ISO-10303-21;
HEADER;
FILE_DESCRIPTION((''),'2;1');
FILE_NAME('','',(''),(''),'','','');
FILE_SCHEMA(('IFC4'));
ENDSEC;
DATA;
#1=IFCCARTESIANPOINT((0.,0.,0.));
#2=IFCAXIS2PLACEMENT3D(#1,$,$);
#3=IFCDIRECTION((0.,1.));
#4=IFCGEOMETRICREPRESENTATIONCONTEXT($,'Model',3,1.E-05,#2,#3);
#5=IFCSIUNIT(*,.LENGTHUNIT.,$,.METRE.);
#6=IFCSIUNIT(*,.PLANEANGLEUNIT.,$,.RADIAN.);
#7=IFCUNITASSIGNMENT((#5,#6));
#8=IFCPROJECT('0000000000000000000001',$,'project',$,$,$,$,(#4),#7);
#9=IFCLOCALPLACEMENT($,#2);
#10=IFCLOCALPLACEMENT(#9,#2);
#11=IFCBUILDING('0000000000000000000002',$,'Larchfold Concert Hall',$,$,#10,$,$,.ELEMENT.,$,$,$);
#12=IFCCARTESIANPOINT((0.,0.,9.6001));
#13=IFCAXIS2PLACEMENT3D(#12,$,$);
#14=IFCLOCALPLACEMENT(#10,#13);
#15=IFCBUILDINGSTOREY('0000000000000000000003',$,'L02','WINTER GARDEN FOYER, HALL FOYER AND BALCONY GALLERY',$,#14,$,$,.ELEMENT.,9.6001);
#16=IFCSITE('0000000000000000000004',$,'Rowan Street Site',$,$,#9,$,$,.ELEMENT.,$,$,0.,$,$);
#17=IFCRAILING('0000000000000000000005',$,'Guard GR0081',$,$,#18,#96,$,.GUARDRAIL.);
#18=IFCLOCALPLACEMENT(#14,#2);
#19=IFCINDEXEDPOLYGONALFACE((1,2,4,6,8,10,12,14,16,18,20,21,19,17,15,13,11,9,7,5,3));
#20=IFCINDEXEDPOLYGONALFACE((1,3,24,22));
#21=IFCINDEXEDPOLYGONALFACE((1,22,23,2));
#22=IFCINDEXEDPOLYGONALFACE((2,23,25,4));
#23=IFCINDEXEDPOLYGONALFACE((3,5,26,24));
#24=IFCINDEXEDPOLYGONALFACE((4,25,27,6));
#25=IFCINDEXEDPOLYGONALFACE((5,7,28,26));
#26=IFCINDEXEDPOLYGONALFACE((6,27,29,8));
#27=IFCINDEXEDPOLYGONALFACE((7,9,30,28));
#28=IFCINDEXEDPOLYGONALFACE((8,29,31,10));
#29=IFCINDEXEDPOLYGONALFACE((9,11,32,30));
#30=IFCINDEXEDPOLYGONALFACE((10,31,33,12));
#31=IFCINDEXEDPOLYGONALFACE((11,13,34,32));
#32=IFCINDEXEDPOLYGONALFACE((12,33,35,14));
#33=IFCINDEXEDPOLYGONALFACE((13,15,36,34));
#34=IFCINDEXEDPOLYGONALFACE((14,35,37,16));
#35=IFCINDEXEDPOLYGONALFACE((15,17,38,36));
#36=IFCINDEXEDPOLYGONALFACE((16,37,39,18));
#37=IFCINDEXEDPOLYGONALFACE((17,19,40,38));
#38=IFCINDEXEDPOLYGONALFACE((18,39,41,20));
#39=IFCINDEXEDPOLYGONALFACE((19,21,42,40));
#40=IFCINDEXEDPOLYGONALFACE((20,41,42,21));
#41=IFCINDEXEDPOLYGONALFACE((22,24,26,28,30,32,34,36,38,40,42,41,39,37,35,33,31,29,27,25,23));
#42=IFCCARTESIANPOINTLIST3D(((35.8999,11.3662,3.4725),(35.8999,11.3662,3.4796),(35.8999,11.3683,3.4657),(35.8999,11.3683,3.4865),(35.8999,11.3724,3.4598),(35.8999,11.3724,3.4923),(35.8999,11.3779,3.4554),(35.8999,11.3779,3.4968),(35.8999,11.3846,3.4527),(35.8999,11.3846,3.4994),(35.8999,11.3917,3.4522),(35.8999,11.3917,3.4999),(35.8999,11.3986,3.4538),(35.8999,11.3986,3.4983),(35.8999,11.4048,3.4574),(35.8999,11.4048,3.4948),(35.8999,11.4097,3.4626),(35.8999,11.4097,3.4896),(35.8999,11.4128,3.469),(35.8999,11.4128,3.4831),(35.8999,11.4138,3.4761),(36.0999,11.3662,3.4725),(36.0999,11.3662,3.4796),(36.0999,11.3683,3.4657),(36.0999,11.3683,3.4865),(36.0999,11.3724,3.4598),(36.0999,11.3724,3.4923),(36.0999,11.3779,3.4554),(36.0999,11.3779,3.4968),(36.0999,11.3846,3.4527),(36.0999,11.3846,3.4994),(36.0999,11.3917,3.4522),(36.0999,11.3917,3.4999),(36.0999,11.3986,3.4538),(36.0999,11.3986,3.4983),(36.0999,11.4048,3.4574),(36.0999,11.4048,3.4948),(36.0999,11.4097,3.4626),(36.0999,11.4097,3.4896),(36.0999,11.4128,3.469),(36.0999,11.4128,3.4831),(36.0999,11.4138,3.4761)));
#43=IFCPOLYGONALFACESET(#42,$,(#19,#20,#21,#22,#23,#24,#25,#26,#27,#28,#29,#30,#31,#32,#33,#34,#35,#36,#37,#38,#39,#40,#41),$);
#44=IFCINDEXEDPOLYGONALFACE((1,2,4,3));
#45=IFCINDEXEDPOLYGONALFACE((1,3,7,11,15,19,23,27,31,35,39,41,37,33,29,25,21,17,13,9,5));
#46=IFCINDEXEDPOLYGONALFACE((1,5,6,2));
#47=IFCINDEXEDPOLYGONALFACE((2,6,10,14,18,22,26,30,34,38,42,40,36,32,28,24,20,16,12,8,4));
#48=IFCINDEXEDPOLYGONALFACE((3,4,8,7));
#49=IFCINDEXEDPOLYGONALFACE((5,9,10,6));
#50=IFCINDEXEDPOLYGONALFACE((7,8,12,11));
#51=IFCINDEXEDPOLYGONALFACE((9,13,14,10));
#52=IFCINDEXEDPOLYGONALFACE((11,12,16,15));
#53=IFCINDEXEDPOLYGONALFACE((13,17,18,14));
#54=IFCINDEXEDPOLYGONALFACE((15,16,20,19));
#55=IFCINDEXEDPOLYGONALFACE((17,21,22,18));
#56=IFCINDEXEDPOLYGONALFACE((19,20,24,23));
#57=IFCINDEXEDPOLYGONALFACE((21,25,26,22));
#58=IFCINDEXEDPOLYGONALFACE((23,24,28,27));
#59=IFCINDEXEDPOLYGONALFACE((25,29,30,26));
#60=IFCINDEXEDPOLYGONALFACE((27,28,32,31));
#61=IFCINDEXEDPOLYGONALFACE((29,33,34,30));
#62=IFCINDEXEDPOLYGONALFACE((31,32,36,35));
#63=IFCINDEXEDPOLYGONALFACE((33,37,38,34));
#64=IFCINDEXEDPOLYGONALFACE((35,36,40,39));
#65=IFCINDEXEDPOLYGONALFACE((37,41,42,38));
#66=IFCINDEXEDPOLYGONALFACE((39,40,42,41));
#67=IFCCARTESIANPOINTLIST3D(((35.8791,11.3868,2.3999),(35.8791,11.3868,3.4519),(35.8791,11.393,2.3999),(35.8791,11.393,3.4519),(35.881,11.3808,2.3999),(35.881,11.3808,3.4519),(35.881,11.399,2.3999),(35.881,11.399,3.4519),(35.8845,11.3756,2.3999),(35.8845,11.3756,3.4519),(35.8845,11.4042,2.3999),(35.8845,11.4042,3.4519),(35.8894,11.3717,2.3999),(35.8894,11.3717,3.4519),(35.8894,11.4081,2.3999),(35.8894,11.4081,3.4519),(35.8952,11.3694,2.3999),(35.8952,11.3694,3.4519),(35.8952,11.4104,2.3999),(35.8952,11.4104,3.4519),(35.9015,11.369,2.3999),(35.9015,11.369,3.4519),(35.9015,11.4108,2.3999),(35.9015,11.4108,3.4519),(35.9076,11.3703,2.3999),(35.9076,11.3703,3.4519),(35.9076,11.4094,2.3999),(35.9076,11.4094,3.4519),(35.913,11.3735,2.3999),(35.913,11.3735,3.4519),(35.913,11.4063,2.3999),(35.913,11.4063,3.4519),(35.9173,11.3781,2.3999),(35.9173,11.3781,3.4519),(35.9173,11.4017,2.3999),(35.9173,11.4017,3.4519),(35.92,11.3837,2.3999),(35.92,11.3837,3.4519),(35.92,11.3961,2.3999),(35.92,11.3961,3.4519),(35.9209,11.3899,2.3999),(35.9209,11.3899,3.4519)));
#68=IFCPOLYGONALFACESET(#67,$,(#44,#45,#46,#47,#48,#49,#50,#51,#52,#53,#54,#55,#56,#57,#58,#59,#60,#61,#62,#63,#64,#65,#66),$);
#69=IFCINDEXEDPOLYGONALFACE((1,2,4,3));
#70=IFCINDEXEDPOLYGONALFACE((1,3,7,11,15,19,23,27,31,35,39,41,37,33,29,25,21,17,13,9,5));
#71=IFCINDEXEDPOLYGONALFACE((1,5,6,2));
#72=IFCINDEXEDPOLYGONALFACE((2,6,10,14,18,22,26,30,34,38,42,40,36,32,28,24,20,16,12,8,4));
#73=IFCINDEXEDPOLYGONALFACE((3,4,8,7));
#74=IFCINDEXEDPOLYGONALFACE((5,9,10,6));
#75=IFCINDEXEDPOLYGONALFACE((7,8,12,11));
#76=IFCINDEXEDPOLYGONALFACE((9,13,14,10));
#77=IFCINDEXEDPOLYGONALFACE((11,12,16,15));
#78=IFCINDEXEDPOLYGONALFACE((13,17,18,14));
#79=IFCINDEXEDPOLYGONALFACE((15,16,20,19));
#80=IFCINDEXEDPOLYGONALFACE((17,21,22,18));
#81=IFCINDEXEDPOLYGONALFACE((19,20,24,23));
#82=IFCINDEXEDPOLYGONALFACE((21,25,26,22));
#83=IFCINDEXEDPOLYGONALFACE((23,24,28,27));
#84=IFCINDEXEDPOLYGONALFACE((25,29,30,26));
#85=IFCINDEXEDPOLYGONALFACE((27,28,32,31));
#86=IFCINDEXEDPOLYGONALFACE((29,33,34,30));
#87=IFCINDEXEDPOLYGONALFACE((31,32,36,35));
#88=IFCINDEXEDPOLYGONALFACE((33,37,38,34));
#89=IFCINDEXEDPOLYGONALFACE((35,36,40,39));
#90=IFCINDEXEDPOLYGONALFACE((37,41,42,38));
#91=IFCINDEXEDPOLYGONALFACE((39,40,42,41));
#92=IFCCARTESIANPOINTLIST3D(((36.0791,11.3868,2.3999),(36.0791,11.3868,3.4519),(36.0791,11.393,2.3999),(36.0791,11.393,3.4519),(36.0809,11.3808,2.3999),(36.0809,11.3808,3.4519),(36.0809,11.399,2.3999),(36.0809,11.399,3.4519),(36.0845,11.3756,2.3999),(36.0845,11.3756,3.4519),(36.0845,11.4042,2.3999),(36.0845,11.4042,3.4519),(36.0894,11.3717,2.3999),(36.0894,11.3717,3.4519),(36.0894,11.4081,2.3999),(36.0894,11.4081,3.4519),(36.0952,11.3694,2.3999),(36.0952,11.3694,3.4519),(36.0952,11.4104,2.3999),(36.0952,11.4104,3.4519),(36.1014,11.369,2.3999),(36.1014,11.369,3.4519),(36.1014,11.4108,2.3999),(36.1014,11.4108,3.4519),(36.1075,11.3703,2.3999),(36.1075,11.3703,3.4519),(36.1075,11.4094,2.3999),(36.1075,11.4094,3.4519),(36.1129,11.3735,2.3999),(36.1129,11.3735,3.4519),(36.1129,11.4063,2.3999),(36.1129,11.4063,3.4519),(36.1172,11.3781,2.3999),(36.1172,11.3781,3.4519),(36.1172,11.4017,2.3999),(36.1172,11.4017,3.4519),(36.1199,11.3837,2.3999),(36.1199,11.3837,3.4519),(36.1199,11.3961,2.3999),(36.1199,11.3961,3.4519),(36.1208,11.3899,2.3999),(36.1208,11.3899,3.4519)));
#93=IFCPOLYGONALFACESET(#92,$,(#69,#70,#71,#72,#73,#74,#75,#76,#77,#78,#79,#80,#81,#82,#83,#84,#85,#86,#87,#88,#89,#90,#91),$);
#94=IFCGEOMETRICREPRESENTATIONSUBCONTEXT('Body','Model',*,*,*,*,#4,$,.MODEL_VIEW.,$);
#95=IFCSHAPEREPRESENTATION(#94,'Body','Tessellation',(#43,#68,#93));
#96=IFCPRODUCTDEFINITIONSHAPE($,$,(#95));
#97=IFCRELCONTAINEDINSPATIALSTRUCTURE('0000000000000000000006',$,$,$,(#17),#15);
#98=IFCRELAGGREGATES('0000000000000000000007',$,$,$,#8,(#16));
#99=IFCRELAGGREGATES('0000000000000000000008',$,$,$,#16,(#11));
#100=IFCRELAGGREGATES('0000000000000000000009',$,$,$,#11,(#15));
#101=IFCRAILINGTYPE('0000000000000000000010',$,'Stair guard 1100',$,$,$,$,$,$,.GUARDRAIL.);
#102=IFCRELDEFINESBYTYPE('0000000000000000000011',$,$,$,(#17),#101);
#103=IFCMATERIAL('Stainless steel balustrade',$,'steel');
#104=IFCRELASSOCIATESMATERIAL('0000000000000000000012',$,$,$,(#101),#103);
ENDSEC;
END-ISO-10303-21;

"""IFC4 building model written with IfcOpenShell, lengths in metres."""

from ifc_helpers import new_model, si_unit, direction, frame, origin, origin_2d, place, context, subcontext, project, spatial, circle, extrude, material, type_object, element, save


model = new_model("IFC4")

# Units and contexts
model_context = context("Model", 3, precision=1e-05, world=origin(), true_north=direction((0.0, 1.0)))
body_context = subcontext(model_context, "Body", "Model", "MODEL_VIEW")
ifc_project = project(units=[si_unit("LENGTHUNIT", "METRE"), si_unit("PLANEANGLEUNIT", "RADIAN")], contexts=[model_context])

# Site, building, storey
site_placement = place(None, origin())
site = spatial("IfcSite", under=ifc_project, at=site_placement, Name="Rowan Street Site", CompositionType="ELEMENT", RefElevation=0.0)
building_placement = place(site_placement, origin())
building = spatial("IfcBuilding", under=site, at=building_placement, Name="Larchfold Concert Hall", CompositionType="ELEMENT")
storey_placement = place(building_placement, frame((0.0, 0.0, 9.6001)))
storey = spatial("IfcBuildingStorey", under=building, at=storey_placement, Name="L02", Description="WINTER GARDEN FOYER, HALL FOYER AND BALCONY GALLERY", CompositionType="ELEMENT", Elevation=9.6001)

# Railing
ifc_material_1 = material(Name="Stainless steel balustrade", Category="steel")
railing_type_1 = type_object("IfcRailingType", Name="Stair guard 1100", PredefinedType="GUARDRAIL", material=ifc_material_1)
railing_1_placement = place(storey_placement, frame((35.8999, 11.3899, 2.3999)))
element("IfcRailing", 1, at=railing_1_placement, inside=storey, type_object=railing_type_1, Name="Guard GR0081", PredefinedType="GUARDRAIL", context=body_context, shape_type="SweptSolid", body=[
    extrude(circle(Radius=0.0239, at=origin_2d()), frame((0.0, 0.0, 1.0762), z_axis=(1.0, 0.0, 0.0), x_axis=(0.0, 1.0, 0.0)), (0.0, 0.0, 1.0), 0.2),
    extrude(circle(Radius=0.021, at=origin_2d()), origin(), (0.0, 0.0, 1.0), 1.052),
    extrude(circle(Radius=0.021, at=origin_2d()), frame((0.2, 0.0, 0.0)), (0.0, 0.0, 1.0), 1.052),
])

save(model, "model.ifc")
